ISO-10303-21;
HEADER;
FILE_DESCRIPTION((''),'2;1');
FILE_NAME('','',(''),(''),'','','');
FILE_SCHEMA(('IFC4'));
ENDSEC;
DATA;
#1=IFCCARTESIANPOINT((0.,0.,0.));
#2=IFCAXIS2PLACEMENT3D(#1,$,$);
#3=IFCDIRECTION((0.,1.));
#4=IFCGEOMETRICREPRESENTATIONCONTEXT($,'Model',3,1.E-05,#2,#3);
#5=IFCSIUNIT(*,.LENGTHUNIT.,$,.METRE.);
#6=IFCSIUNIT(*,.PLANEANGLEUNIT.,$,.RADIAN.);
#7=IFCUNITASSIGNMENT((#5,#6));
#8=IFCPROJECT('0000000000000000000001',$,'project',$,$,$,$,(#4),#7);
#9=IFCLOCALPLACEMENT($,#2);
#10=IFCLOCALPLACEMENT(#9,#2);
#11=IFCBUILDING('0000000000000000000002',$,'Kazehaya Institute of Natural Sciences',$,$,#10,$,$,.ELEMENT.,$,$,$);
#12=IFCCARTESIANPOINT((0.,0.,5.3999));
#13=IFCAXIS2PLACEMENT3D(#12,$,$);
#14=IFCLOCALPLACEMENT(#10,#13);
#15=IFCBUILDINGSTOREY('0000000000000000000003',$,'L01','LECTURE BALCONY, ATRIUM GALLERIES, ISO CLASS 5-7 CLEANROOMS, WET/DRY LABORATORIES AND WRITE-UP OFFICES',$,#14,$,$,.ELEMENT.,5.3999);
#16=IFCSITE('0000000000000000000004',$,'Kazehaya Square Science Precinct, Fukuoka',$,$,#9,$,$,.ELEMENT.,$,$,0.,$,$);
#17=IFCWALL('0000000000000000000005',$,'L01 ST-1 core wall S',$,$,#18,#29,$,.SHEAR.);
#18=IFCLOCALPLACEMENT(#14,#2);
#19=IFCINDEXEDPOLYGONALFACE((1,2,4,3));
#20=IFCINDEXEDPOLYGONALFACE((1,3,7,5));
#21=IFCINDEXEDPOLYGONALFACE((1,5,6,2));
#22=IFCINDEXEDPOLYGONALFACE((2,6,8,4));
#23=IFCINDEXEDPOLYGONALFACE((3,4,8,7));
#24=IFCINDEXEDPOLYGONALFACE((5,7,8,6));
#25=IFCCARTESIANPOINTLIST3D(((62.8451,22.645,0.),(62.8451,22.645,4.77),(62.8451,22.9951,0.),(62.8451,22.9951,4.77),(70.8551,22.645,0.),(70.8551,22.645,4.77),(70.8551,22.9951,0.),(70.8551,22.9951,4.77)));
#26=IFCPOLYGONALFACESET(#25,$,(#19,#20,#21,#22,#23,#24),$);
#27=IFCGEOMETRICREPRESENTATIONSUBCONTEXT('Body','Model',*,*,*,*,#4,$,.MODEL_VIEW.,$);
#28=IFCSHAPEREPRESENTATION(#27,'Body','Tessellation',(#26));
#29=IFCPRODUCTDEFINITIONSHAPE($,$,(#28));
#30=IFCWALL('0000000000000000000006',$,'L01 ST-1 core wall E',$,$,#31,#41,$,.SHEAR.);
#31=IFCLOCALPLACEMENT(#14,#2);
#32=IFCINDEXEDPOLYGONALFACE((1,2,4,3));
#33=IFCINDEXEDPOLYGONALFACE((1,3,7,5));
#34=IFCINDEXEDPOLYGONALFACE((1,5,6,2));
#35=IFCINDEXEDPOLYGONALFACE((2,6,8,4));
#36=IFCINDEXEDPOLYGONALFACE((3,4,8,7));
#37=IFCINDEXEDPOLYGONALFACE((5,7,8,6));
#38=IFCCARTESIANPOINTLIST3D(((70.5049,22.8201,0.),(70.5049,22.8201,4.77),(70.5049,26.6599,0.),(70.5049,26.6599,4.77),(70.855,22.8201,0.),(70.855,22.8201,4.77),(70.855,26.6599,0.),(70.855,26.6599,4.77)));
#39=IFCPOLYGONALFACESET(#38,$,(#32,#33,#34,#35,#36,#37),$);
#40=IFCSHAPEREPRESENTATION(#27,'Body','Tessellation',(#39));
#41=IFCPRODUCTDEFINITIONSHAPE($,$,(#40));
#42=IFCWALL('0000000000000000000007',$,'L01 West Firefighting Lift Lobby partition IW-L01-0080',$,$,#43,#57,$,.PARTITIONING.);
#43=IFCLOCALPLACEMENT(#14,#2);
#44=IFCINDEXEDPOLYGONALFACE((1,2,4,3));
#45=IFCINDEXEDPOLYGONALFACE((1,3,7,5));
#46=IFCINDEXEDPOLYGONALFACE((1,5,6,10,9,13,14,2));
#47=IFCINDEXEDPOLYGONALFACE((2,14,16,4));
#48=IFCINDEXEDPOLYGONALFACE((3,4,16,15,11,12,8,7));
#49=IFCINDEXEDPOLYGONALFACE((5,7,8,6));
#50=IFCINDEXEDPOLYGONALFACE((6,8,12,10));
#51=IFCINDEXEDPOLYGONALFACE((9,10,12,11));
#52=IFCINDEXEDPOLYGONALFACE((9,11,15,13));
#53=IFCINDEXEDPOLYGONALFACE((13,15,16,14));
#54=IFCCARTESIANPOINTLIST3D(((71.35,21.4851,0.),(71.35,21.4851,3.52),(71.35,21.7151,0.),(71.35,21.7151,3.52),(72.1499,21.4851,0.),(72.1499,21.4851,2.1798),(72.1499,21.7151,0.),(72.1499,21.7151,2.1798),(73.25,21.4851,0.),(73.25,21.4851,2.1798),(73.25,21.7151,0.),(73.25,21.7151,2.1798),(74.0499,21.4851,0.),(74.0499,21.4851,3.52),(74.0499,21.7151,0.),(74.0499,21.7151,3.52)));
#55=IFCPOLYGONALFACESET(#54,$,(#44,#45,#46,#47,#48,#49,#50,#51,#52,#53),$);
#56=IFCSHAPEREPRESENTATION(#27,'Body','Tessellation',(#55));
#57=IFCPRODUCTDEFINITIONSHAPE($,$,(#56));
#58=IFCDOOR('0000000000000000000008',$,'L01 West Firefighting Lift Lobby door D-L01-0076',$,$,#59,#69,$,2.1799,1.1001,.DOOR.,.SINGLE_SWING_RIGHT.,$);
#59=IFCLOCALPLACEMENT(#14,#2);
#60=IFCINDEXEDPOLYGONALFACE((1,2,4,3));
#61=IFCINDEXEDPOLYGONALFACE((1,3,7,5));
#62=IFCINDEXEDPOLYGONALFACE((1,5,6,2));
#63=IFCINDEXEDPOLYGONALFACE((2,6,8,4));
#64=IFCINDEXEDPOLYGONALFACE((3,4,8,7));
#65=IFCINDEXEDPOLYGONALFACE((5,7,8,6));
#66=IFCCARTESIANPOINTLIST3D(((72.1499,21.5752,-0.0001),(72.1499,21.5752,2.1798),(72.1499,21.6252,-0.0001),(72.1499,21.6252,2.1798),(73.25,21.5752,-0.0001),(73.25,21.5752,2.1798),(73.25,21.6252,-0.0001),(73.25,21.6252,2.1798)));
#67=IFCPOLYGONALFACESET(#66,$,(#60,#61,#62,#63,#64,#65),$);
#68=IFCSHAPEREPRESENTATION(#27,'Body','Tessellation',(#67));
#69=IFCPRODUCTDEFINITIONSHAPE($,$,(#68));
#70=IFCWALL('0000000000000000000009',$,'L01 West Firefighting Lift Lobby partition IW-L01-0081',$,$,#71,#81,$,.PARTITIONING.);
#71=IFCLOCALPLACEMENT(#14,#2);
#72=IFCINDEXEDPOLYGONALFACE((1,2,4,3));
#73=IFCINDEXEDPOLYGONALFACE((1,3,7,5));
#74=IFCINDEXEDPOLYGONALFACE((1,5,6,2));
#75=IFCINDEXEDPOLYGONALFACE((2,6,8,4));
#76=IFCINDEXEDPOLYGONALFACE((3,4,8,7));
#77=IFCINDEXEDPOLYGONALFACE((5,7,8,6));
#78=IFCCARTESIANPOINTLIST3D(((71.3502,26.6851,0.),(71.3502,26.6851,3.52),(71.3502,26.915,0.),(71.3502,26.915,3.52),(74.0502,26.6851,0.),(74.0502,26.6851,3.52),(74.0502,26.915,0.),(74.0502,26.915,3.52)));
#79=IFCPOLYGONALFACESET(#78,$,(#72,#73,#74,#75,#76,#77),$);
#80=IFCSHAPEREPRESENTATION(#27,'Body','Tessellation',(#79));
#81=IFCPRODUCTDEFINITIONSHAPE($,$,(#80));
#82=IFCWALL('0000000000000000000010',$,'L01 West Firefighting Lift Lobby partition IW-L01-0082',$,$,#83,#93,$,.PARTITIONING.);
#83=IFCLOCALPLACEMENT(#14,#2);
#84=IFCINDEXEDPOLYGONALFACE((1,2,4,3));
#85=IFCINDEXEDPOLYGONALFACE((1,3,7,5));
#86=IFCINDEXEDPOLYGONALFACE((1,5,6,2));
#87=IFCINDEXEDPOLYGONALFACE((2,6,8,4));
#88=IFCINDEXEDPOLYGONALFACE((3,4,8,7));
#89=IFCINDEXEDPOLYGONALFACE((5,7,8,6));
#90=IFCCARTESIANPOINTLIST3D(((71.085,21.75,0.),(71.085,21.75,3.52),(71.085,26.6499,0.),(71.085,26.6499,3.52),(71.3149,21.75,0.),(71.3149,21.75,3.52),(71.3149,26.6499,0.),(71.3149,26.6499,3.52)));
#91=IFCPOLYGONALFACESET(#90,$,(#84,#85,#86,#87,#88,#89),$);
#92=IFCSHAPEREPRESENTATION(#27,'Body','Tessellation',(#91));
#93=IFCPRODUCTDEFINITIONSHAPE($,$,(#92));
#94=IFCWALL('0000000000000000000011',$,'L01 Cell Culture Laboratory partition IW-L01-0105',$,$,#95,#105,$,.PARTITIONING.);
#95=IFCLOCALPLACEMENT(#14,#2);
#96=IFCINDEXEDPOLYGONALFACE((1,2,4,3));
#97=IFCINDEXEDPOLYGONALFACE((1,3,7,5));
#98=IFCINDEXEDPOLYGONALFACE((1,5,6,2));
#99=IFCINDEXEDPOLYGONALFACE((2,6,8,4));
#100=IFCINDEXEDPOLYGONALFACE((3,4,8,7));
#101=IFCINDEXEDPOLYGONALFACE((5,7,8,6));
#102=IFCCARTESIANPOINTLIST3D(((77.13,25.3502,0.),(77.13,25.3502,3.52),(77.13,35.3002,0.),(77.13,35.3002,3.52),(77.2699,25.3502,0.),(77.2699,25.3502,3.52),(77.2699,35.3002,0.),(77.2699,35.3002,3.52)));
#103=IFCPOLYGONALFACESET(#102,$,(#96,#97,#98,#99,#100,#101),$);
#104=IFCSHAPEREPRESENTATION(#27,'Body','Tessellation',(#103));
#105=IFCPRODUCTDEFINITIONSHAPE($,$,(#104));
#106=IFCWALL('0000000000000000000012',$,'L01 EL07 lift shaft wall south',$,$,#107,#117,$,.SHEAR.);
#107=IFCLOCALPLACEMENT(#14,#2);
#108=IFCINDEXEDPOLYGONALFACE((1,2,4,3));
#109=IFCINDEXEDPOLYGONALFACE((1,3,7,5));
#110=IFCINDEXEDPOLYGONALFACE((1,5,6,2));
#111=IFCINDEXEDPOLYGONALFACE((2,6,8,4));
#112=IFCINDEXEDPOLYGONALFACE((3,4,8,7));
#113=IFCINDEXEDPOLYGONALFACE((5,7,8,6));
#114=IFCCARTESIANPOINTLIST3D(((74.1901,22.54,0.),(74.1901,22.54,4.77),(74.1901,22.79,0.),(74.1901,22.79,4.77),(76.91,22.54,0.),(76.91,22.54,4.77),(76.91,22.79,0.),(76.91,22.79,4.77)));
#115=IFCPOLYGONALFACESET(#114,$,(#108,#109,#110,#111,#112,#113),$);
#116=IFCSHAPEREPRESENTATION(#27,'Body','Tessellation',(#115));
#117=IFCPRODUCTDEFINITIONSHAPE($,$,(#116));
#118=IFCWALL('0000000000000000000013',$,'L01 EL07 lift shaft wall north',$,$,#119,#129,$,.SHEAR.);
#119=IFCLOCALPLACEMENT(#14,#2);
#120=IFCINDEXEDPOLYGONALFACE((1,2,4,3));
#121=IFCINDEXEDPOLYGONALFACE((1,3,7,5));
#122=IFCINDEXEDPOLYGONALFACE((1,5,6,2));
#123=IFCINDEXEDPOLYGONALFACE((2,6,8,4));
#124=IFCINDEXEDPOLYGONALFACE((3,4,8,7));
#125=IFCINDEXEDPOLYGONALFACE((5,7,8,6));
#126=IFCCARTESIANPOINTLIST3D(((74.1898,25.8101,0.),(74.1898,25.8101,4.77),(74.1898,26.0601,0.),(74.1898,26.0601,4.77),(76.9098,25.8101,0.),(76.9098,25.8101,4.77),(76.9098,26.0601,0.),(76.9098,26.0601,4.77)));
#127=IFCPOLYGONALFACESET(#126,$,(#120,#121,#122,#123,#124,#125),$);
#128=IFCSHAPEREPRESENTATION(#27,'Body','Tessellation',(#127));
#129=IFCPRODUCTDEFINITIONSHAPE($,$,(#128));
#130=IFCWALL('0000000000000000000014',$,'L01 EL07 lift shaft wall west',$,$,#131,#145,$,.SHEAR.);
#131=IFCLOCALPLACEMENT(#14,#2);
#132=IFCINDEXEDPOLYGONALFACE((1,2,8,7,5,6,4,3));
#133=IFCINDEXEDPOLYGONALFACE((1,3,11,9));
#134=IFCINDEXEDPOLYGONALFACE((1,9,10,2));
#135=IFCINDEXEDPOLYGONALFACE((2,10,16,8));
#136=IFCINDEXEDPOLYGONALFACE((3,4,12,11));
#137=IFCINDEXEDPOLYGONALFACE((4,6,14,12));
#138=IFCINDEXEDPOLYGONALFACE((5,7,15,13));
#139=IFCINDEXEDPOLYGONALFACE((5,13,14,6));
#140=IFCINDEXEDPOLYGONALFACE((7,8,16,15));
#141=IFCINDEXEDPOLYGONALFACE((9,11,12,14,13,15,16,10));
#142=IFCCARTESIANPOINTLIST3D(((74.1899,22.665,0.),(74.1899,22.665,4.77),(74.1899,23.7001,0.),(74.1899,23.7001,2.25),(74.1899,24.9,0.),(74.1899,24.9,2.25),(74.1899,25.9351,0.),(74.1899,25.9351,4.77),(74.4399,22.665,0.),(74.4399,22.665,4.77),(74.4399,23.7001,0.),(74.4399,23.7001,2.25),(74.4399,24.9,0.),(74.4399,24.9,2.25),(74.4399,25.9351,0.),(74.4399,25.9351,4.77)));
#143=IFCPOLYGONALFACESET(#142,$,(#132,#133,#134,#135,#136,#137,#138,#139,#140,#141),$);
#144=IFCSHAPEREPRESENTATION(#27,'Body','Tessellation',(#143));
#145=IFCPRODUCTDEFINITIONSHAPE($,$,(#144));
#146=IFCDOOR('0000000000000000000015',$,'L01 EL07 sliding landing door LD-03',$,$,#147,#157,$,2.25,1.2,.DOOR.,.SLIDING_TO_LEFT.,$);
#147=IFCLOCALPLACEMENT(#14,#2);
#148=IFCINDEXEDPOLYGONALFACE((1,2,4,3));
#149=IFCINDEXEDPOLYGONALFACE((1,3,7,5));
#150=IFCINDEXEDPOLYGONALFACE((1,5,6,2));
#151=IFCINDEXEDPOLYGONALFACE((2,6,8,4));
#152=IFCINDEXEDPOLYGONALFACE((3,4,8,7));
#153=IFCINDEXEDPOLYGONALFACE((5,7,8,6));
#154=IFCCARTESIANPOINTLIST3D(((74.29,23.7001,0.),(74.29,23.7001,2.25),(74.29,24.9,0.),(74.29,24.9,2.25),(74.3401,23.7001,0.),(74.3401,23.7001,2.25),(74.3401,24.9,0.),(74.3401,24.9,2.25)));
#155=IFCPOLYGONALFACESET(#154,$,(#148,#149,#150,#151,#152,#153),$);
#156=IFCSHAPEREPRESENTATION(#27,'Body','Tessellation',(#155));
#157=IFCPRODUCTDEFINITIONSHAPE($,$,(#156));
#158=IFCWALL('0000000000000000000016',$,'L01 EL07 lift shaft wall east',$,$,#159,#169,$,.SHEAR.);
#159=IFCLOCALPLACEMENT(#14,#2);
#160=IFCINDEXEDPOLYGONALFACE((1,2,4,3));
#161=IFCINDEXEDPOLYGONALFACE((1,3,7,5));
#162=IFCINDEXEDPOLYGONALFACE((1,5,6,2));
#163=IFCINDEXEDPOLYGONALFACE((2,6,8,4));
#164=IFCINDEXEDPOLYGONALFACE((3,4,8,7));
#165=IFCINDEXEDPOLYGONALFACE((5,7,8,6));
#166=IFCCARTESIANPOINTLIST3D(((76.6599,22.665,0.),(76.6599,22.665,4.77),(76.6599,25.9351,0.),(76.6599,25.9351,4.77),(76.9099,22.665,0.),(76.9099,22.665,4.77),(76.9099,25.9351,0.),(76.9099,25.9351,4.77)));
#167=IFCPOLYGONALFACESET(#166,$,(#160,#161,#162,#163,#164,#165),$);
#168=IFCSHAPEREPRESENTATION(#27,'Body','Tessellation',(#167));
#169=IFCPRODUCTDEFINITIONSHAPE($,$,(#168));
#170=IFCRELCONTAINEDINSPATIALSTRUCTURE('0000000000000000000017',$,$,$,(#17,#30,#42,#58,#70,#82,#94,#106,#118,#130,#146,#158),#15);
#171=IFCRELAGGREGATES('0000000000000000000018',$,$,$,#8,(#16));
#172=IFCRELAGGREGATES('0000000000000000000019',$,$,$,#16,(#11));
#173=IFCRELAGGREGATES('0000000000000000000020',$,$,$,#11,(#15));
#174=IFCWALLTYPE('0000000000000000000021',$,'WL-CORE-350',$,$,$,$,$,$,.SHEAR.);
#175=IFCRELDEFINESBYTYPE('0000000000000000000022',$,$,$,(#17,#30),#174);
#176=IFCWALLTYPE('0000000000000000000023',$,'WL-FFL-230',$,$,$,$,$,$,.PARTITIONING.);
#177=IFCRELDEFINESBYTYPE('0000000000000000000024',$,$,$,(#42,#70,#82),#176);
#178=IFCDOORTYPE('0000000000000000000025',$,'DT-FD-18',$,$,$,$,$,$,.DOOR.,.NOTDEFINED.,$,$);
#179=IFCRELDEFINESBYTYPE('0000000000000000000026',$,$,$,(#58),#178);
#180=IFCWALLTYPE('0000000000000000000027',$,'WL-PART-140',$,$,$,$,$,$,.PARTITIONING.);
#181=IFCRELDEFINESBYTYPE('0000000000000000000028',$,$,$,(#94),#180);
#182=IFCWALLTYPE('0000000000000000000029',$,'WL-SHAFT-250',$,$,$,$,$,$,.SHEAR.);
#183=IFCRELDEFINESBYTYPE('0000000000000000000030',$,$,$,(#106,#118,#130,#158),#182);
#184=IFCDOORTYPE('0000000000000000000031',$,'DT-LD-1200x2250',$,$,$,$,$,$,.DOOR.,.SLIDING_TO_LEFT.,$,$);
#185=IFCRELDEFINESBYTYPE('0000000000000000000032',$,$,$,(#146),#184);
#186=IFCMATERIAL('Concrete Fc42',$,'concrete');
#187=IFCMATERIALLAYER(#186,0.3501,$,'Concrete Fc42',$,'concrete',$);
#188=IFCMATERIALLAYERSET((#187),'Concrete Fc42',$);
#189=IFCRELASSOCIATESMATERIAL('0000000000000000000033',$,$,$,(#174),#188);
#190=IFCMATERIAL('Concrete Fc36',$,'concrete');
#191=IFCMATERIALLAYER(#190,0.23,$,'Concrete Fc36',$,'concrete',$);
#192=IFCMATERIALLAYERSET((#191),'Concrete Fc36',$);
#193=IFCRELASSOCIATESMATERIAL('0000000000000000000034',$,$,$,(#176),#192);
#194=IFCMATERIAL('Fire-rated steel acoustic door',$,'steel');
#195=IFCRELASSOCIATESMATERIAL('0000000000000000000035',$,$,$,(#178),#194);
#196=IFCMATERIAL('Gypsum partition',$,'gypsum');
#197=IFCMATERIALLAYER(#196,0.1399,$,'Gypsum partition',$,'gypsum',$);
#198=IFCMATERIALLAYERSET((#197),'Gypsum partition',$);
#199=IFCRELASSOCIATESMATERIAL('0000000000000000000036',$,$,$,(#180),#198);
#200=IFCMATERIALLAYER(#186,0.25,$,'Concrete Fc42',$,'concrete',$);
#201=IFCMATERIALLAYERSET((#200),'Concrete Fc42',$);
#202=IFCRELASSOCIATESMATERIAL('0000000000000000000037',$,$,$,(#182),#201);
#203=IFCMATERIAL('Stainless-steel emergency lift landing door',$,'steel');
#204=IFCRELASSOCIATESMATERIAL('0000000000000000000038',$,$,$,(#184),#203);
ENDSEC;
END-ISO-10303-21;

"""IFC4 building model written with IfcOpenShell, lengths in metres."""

from ifc_helpers import new_model, si_unit, direction, frame, frame_2d, origin, place, context, subcontext, project, spatial, rectangle, extrude, material, layer, layer_set, type_object, element, fill, save


model = new_model("IFC4")

# Units and contexts
model_context = context("Model", 3, precision=1e-05, world=origin(), true_north=direction((0.0, 1.0)))
body_context = subcontext(model_context, "Body", "Model", "MODEL_VIEW")
ifc_project = project(units=[si_unit("LENGTHUNIT", "METRE"), si_unit("PLANEANGLEUNIT", "RADIAN")], contexts=[model_context])

# Site, building, storey
site_placement = place(None, origin())
site = spatial("IfcSite", under=ifc_project, at=site_placement, Name="Kazehaya Square Science Precinct, Fukuoka", CompositionType="ELEMENT", RefElevation=0.0)
building_placement = place(site_placement, origin())
building = spatial("IfcBuilding", under=site, at=building_placement, Name="Kazehaya Institute of Natural Sciences", CompositionType="ELEMENT")
storey_placement = place(building_placement, frame((0.0, 0.0, 5.3999)))
storey = spatial("IfcBuildingStorey", under=building, at=storey_placement, Name="L01", Description="LECTURE BALCONY, ATRIUM GALLERIES, ISO CLASS 5-7 CLEANROOMS, WET/DRY LABORATORIES AND WRITE-UP OFFICES", CompositionType="ELEMENT", Elevation=5.3999)

# Shared definitions
ifc_material_1 = material(Name="Concrete Fc42", Category="concrete")

# Shared definitions
ifc_material_2 = material(Name="Concrete Fc36", Category="concrete")

# Walls
ifc_layer_1 = layer(ifc_material_1, 0.3501, Name="Concrete Fc42", Category="concrete")
ifc_layer_set_1 = layer_set([ifc_layer_1], Name="Concrete Fc42")
wall_type_1 = type_object("IfcWallType", Name="WL-CORE-350", PredefinedType="SHEAR", material=ifc_layer_set_1)
wall_1_placement = place(storey_placement, frame((70.855, 22.8201, 0.0), z_axis=(0.0, 0.0, 1.0), x_axis=(-1.0, 0.0, 0.0)))
element("IfcWall", 1, at=wall_1_placement, inside=storey, type_object=wall_type_1, Name="L01 ST-1 core wall S", PredefinedType="SHEAR", context=body_context, shape_type="SweptSolid", body=[
    extrude(rectangle(XDim=8.01, YDim=0.3501, at=frame_2d((4.0049, 0.0))), origin(), (0.0, 0.0, 1.0), 4.77),
])
wall_2_placement = place(storey_placement, frame((70.6799, 26.6599, 0.0), z_axis=(0.0, 0.0, 1.0), x_axis=(0.0, -1.0, 0.0)))
element("IfcWall", 2, at=wall_2_placement, inside=storey, type_object=wall_type_1, Name="L01 ST-1 core wall E", PredefinedType="SHEAR", context=body_context, shape_type="SweptSolid", body=[
    extrude(rectangle(XDim=3.8398, YDim=0.3501, at=frame_2d((1.9199, 0.0))), origin(), (0.0, 0.0, 1.0), 4.77),
])

# Wall, opening, door
ifc_layer_2 = layer(ifc_material_2, 0.23, Name="Concrete Fc36", Category="concrete")
ifc_layer_set_2 = layer_set([ifc_layer_2], Name="Concrete Fc36")
wall_type_2 = type_object("IfcWallType", Name="WL-FFL-230", PredefinedType="PARTITIONING", material=ifc_layer_set_2)
wall_3_placement = place(storey_placement, frame((74.05, 21.6001, 0.0), z_axis=(0.0, 0.0, 1.0), x_axis=(-1.0, 0.0, 0.0)))
wall_3 = element("IfcWall", 3, at=wall_3_placement, inside=storey, type_object=wall_type_2, Name="L01 West Firefighting Lift Lobby partition IW-L01-0080", PredefinedType="PARTITIONING", context=body_context, shape_type="SweptSolid", body=[
    extrude(rectangle(XDim=2.7, YDim=0.23, at=frame_2d((1.3501, 0.0))), origin(), (0.0, 0.0, 1.0), 3.52),
])
opening_1_placement = place(wall_3_placement, frame((0.8, 0.0, 0.0)))
opening_1 = element("IfcOpeningElement", 4, at=opening_1_placement, cuts=wall_3, PredefinedType="OPENING", context=body_context, shape_type="SweptSolid", body=[
    extrude(rectangle(XDim=1.1001, YDim=2.1799, at=frame_2d((0.55, 1.0898))), frame((0.0, 0.125, 0.0), z_axis=(0.0, -1.0, 0.0), x_axis=(1.0, 0.0, 0.0)), (0.0, 0.0, 1.0), 0.25),
])
ifc_material_3 = material(Name="Fire-rated steel acoustic door", Category="steel")
door_type_1 = type_object("IfcDoorType", Name="DT-FD-18", OperationType="NOTDEFINED", PredefinedType="DOOR", material=ifc_material_3)
door_1_placement = place(opening_1_placement, origin())
door_1 = element("IfcDoor", 5, at=door_1_placement, inside=storey, type_object=door_type_1, Name="L01 West Firefighting Lift Lobby door D-L01-0076", OperationType="SINGLE_SWING_RIGHT", OverallHeight=2.1799, OverallWidth=1.1001, PredefinedType="DOOR", context=body_context, shape_type="SweptSolid", body=[
    extrude(rectangle(XDim=1.1001, YDim=2.1799, at=frame_2d((0.55, 1.0898))), frame((0.0, 0.0249, 0.0), z_axis=(0.0, -1.0, 0.0), x_axis=(1.0, 0.0, 0.0)), (0.0, 0.0, 1.0), 0.05),
])
fill(opening_1, door_1)

# Walls
wall_4_placement = place(storey_placement, frame((71.3501, 26.8, 0.0), z_axis=(0.0, 0.0, 1.0), x_axis=(1.0, 0.0, 0.0)))
element("IfcWall", 6, at=wall_4_placement, inside=storey, type_object=wall_type_2, Name="L01 West Firefighting Lift Lobby partition IW-L01-0081", PredefinedType="PARTITIONING", context=body_context, shape_type="SweptSolid", body=[
    extrude(rectangle(XDim=2.7, YDim=0.23, at=frame_2d((1.3501, 0.0))), origin(), (0.0, 0.0, 1.0), 3.52),
])
wall_5_placement = place(storey_placement, frame((71.2, 21.75, 0.0), z_axis=(0.0, 0.0, 1.0), x_axis=(0.0, 1.0, 0.0)))
element("IfcWall", 7, at=wall_5_placement, inside=storey, type_object=wall_type_2, Name="L01 West Firefighting Lift Lobby partition IW-L01-0082", PredefinedType="PARTITIONING", context=body_context, shape_type="SweptSolid", body=[
    extrude(rectangle(XDim=4.8999, YDim=0.23, at=frame_2d((2.45, 0.0))), origin(), (0.0, 0.0, 1.0), 3.52),
])
ifc_material_4 = material(Name="Gypsum partition", Category="gypsum")
ifc_layer_3 = layer(ifc_material_4, 0.1399, Name="Gypsum partition", Category="gypsum")
ifc_layer_set_3 = layer_set([ifc_layer_3], Name="Gypsum partition")
wall_type_3 = type_object("IfcWallType", Name="WL-PART-140", PredefinedType="PARTITIONING", material=ifc_layer_set_3)
wall_6_placement = place(storey_placement, frame((77.2, 25.3501, 0.0), z_axis=(0.0, 0.0, 1.0), x_axis=(0.0, 1.0, 0.0)))
element("IfcWall", 8, at=wall_6_placement, inside=storey, type_object=wall_type_3, Name="L01 Cell Culture Laboratory partition IW-L01-0105", PredefinedType="PARTITIONING", context=body_context, shape_type="SweptSolid", body=[
    extrude(rectangle(XDim=9.95, YDim=0.1399, at=frame_2d((4.9751, 0.0))), origin(), (0.0, 0.0, 1.0), 3.52),
])
ifc_layer_4 = layer(ifc_material_1, 0.25, Name="Concrete Fc42", Category="concrete")
ifc_layer_set_4 = layer_set([ifc_layer_4], Name="Concrete Fc42")
wall_type_4 = type_object("IfcWallType", Name="WL-SHAFT-250", PredefinedType="SHEAR", material=ifc_layer_set_4)
for number, where, z_axis, x_axis, name in (
    (9, (76.9099, 22.665, 0.0), (0.0, 0.0, 1.0), (-1.0, 0.0, 0.0), "L01 EL07 lift shaft wall south"),
    (10, (74.1899, 25.9351, 0.0), (0.0, 0.0, 1.0), (1.0, 0.0, 0.0), "L01 EL07 lift shaft wall north"),
):
    element("IfcWall", number, at=place(storey_placement, frame(where, z_axis=z_axis, x_axis=x_axis)), inside=storey, type_object=wall_type_4, Name=name, PredefinedType="SHEAR", context=body_context, shape_type="SweptSolid", body=[
        extrude(rectangle(XDim=2.72, YDim=0.25, at=frame_2d((1.3599, 0.0))), origin(), (0.0, 0.0, 1.0), 4.77),
    ])

# Wall, opening, door
wall_7_placement = place(storey_placement, frame((74.3149, 22.665, 0.0), z_axis=(0.0, 0.0, 1.0), x_axis=(0.0, 1.0, 0.0)))
wall_7 = element("IfcWall", 11, at=wall_7_placement, inside=storey, type_object=wall_type_4, Name="L01 EL07 lift shaft wall west", PredefinedType="SHEAR", context=body_context, shape_type="SweptSolid", body=[
    extrude(rectangle(XDim=3.27, YDim=0.25, at=frame_2d((1.635, 0.0))), origin(), (0.0, 0.0, 1.0), 4.77),
])
opening_2_placement = place(wall_7_placement, frame((1.0349, 0.0, 0.0)))
opening_2 = element("IfcOpeningElement", 12, at=opening_2_placement, cuts=wall_7, PredefinedType="OPENING", context=body_context, shape_type="SweptSolid", body=[
    extrude(rectangle(XDim=1.2, YDim=2.25, at=frame_2d((0.6001, 1.125))), frame((0.0, 0.135, 0.0), z_axis=(0.0, -1.0, 0.0), x_axis=(1.0, 0.0, 0.0)), (0.0, 0.0, 1.0), 0.27),
])
ifc_material_5 = material(Name="Stainless-steel emergency lift landing door", Category="steel")
door_type_2 = type_object("IfcDoorType", Name="DT-LD-1200x2250", OperationType="SLIDING_TO_LEFT", PredefinedType="DOOR", material=ifc_material_5)
door_2_placement = place(opening_2_placement, origin())
door_2 = element("IfcDoor", 13, at=door_2_placement, inside=storey, type_object=door_type_2, Name="L01 EL07 sliding landing door LD-03", OperationType="SLIDING_TO_LEFT", OverallHeight=2.25, OverallWidth=1.2, PredefinedType="DOOR", context=body_context, shape_type="SweptSolid", body=[
    extrude(rectangle(XDim=1.2, YDim=2.25, at=frame_2d((0.6001, 1.125))), frame((0.0, 0.0249, 0.0), z_axis=(0.0, -1.0, 0.0), x_axis=(1.0, 0.0, 0.0)), (0.0, 0.0, 1.0), 0.05),
])
fill(opening_2, door_2)

# Wall
wall_8_placement = place(storey_placement, frame((76.7849, 25.9351, 0.0), z_axis=(0.0, 0.0, 1.0), x_axis=(0.0, -1.0, 0.0)))
element("IfcWall", 14, at=wall_8_placement, inside=storey, type_object=wall_type_4, Name="L01 EL07 lift shaft wall east", PredefinedType="SHEAR", context=body_context, shape_type="SweptSolid", body=[
    extrude(rectangle(XDim=3.27, YDim=0.25, at=frame_2d((1.635, 0.0))), origin(), (0.0, 0.0, 1.0), 4.77),
])

save(model, "model.ifc")
